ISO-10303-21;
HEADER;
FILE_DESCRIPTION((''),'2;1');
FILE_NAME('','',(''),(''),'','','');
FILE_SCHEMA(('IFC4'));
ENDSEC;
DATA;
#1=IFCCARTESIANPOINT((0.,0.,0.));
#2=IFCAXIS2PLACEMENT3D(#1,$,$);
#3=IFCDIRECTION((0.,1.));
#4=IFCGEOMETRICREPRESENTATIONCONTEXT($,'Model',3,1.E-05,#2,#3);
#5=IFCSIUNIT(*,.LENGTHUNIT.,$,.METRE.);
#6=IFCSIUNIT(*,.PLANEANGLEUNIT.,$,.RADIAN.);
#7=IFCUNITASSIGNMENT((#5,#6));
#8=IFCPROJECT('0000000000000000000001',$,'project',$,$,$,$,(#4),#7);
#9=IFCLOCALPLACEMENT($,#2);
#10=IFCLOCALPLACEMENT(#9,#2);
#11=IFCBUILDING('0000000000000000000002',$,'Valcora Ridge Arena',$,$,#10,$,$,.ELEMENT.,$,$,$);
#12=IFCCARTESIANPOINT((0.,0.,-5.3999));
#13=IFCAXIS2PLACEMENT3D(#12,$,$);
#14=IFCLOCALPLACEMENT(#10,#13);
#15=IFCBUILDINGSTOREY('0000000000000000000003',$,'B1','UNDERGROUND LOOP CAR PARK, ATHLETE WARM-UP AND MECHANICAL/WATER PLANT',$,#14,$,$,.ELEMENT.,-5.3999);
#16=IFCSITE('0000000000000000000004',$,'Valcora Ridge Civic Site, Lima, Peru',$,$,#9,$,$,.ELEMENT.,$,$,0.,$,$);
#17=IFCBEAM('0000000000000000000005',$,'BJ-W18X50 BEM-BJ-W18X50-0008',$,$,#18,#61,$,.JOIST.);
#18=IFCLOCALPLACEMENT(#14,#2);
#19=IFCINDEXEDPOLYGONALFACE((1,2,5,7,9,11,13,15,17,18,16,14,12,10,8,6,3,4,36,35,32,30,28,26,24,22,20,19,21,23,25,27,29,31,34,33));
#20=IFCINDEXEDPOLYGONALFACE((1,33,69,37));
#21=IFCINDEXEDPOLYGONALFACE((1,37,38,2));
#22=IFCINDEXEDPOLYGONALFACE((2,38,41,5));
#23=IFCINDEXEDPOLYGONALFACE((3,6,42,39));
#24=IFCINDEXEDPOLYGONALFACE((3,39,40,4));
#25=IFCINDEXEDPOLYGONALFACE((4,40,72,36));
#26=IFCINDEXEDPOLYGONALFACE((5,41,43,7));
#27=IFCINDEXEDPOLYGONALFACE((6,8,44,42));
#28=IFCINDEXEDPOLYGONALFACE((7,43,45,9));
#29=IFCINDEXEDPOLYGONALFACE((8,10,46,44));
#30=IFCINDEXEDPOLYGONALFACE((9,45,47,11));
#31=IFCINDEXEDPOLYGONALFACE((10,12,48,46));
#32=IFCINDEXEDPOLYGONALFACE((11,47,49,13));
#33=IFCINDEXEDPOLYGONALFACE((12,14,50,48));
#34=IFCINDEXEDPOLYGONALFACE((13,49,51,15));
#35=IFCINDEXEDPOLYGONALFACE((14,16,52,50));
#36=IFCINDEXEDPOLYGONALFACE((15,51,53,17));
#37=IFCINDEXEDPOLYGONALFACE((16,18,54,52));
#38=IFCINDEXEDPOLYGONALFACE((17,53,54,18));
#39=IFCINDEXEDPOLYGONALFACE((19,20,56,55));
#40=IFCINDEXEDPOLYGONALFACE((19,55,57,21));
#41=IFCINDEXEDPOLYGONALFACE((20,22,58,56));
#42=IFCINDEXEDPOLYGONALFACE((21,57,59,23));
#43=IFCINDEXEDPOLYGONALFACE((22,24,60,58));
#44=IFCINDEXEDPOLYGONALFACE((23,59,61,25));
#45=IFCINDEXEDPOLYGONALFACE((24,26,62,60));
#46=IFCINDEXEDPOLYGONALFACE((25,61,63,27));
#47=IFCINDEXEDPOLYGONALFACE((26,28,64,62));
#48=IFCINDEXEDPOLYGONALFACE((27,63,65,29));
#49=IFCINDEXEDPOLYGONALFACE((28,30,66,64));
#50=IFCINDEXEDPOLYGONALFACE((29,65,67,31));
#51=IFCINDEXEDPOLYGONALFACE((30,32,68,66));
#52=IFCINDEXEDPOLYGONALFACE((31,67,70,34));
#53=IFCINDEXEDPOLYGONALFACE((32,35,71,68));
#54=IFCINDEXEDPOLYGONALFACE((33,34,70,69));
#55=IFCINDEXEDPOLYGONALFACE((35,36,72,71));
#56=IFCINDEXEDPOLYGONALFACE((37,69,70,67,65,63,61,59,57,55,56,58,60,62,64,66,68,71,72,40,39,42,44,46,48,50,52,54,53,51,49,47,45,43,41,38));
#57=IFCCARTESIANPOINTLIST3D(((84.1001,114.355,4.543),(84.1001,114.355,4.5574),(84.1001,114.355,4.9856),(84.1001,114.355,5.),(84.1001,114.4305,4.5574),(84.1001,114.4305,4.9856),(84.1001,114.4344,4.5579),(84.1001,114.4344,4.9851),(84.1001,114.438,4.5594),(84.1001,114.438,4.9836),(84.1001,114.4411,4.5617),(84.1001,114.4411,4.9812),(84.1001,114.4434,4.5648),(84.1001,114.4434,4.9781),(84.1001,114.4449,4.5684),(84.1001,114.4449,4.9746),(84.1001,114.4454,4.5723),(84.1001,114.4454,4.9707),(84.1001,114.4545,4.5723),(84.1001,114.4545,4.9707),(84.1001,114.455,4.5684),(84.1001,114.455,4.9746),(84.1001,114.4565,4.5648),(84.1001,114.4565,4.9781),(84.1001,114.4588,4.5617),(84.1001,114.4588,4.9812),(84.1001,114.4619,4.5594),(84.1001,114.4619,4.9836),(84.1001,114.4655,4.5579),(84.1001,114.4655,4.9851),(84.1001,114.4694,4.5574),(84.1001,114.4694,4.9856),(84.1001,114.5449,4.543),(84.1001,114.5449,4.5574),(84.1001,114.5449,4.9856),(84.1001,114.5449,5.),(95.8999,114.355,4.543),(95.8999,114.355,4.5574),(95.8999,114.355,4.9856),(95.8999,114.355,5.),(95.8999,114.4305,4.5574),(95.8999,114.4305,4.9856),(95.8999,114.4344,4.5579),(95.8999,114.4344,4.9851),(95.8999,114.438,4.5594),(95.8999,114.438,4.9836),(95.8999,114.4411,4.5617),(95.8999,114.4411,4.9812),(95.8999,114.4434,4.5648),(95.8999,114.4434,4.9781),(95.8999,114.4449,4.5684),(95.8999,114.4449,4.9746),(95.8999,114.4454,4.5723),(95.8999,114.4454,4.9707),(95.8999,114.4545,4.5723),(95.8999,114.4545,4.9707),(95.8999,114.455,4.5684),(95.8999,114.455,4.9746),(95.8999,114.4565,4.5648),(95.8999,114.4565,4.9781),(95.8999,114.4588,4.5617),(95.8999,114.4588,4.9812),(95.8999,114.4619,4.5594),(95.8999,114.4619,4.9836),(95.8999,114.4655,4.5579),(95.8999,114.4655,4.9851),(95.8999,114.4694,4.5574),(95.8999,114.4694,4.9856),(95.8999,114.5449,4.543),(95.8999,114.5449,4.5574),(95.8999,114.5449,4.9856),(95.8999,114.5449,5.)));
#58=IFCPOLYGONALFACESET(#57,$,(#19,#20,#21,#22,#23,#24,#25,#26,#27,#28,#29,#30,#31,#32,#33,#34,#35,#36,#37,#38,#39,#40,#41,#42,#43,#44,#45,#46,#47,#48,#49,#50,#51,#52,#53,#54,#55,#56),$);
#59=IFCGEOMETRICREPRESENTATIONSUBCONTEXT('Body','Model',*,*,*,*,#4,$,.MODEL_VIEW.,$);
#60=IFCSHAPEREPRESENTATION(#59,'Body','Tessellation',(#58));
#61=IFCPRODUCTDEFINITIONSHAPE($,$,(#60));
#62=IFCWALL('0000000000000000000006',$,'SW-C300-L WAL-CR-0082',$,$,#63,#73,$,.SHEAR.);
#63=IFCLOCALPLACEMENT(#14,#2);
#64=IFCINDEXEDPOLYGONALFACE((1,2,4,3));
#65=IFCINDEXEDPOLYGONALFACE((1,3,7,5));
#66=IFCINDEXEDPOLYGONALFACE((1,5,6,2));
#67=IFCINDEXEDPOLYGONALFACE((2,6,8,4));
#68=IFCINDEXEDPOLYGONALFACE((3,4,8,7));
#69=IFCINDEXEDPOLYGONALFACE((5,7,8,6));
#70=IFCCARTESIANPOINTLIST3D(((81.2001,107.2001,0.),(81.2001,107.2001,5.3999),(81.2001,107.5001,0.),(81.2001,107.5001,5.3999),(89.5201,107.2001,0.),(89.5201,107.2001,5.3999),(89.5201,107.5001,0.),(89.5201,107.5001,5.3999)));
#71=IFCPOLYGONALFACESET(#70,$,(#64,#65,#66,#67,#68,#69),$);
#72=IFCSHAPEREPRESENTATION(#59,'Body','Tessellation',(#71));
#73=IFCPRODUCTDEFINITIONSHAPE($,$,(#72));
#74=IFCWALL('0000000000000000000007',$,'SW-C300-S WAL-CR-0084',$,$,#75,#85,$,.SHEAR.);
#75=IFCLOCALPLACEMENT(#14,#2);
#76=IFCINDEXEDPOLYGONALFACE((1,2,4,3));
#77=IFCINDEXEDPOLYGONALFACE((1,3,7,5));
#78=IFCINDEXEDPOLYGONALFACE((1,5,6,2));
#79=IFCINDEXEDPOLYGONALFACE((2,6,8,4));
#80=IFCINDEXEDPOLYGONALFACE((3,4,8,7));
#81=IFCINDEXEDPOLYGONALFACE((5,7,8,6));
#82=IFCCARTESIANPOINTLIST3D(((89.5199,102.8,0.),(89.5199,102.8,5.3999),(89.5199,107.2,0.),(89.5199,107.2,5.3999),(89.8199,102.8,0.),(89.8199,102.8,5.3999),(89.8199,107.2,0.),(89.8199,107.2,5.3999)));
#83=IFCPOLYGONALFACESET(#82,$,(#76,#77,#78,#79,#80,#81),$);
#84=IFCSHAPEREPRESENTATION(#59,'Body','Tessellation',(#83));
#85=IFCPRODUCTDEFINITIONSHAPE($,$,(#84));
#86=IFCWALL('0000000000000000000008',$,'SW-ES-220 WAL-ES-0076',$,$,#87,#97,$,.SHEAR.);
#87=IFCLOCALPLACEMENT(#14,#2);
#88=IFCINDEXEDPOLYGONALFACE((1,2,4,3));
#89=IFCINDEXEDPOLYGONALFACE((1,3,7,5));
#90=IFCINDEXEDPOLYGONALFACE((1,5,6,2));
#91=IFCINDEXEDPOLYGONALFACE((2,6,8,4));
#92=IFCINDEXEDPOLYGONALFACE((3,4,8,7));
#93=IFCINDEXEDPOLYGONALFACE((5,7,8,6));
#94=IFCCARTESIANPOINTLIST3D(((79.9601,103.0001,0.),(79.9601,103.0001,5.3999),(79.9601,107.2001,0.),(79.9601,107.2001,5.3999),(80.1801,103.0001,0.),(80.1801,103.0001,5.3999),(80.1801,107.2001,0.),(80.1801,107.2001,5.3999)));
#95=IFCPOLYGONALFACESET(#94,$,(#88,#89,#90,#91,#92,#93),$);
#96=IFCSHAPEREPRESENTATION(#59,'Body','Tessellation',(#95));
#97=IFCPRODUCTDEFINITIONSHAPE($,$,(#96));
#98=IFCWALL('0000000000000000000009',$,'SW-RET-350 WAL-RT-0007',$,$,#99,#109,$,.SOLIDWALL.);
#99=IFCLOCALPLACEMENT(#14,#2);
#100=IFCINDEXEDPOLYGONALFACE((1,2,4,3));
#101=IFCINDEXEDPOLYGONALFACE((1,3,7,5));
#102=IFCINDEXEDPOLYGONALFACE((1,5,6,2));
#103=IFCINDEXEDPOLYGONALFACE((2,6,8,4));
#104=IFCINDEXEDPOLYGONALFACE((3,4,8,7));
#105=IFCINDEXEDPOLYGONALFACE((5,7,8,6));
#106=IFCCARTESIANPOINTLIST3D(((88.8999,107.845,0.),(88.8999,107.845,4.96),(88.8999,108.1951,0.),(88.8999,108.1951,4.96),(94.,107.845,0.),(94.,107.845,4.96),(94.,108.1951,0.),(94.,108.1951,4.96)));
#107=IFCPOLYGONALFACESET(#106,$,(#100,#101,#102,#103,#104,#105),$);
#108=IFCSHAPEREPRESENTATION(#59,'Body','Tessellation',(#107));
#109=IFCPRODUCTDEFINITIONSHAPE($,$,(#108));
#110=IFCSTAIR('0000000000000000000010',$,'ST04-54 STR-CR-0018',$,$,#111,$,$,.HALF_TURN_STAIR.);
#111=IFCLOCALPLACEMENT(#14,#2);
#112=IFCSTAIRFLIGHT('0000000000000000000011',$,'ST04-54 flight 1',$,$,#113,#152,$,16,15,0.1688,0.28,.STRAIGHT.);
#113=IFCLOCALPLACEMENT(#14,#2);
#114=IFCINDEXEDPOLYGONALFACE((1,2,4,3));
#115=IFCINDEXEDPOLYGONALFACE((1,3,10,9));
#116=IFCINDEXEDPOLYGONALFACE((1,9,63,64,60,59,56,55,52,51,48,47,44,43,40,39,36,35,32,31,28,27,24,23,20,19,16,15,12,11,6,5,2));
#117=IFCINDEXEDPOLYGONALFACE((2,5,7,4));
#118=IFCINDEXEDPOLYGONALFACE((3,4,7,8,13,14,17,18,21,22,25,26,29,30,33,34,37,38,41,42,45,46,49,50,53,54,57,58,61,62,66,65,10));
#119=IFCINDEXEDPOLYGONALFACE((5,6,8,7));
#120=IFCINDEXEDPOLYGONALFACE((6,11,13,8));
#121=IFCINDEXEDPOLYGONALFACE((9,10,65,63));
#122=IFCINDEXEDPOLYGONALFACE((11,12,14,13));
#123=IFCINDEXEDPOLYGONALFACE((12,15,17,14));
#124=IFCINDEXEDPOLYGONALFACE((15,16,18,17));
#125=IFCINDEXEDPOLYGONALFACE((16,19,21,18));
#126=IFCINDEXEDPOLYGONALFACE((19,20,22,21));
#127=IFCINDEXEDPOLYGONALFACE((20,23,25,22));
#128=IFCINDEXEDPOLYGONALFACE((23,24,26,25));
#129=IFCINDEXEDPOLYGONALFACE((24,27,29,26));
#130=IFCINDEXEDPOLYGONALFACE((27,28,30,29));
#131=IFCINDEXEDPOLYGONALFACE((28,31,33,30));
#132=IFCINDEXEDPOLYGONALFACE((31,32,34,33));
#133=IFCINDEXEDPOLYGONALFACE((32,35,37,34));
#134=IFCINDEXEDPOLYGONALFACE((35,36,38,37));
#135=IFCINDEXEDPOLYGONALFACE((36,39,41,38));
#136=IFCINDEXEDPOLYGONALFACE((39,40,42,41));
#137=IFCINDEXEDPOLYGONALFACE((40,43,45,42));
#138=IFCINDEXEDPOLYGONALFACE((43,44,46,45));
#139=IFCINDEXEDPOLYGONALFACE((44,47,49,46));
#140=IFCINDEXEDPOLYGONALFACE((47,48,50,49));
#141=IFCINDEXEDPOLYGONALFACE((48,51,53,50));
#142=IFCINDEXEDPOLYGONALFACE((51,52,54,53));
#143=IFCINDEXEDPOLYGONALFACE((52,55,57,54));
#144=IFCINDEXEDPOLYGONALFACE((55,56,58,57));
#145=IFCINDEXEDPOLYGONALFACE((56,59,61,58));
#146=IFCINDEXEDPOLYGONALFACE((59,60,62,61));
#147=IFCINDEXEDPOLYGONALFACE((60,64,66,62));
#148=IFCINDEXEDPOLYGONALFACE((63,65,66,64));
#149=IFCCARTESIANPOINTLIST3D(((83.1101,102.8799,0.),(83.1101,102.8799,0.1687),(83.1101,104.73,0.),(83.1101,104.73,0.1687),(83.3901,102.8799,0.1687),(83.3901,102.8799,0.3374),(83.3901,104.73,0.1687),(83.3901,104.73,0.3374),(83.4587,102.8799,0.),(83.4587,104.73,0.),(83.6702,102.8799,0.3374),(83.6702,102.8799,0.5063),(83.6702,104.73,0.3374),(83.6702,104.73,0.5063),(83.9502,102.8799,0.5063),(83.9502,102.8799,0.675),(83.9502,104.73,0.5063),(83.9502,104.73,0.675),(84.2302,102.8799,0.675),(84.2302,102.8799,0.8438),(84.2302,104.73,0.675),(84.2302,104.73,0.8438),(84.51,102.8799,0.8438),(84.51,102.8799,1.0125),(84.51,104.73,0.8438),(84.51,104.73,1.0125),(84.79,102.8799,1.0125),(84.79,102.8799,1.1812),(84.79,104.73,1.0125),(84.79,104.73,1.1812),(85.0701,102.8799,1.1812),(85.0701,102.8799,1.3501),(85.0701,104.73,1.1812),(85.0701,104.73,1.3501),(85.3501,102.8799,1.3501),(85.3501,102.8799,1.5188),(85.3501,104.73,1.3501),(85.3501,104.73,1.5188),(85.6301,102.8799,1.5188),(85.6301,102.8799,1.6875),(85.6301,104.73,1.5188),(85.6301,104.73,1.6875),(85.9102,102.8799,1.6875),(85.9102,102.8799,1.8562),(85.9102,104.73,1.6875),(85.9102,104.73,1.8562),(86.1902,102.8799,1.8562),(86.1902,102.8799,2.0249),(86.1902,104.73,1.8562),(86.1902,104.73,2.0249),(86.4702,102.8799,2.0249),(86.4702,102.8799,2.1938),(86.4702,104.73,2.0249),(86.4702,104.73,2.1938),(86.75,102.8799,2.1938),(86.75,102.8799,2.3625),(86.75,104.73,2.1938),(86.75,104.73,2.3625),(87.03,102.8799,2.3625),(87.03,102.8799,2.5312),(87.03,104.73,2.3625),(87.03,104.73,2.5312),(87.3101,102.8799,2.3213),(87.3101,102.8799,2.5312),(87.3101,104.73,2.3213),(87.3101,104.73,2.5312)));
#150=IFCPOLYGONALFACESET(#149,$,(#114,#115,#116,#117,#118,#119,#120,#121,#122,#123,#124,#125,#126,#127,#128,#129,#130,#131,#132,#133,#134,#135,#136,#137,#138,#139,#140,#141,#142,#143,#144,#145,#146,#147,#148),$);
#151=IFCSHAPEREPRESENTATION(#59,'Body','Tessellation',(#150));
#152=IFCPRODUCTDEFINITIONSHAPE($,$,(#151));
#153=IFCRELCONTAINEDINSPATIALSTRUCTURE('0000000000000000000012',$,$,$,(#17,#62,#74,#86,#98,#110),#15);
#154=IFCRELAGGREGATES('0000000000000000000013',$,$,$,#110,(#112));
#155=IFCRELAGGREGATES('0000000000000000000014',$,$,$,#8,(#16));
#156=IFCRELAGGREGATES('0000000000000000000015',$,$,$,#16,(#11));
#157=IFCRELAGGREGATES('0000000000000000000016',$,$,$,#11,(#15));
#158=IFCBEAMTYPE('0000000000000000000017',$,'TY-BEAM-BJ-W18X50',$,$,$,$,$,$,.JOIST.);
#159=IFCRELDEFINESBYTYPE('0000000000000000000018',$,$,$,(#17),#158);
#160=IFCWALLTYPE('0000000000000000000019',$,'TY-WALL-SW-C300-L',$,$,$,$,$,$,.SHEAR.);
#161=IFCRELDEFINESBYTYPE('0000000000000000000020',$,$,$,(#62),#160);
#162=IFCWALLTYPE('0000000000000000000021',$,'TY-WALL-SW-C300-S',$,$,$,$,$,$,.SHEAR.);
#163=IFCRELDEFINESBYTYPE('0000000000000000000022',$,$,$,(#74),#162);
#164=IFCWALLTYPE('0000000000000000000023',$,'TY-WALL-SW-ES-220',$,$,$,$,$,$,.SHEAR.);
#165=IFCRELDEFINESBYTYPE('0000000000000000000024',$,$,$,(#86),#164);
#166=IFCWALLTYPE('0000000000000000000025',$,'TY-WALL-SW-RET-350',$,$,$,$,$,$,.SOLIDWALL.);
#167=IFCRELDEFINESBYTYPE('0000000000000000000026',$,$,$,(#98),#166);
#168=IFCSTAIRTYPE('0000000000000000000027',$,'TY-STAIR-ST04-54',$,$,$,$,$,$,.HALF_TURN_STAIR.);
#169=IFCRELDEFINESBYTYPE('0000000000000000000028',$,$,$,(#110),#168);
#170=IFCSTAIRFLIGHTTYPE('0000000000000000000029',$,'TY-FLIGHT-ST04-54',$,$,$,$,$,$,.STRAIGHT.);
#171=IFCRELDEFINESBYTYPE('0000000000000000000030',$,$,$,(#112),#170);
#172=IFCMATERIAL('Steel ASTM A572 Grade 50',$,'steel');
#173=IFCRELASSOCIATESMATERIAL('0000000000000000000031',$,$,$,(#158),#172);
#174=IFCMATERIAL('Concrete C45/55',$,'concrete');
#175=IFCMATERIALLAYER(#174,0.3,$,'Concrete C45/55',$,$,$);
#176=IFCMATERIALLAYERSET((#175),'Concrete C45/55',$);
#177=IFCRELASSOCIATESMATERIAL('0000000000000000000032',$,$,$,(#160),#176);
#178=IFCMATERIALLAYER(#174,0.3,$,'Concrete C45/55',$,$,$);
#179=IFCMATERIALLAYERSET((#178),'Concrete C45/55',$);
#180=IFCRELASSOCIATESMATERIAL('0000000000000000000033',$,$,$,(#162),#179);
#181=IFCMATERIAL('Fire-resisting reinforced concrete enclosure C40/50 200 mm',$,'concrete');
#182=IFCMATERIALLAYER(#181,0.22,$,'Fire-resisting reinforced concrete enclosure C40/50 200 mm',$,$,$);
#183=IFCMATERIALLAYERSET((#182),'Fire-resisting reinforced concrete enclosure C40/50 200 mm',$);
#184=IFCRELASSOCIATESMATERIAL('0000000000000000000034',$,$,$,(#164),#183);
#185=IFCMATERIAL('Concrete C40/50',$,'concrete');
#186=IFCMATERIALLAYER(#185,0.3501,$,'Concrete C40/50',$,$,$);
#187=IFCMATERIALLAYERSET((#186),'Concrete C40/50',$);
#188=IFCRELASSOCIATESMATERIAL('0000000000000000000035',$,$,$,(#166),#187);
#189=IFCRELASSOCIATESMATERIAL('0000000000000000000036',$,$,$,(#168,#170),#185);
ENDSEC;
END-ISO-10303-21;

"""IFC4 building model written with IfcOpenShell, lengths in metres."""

from ifc_helpers import new_model, si_unit, direction, frame, frame_2d, origin, origin_2d, place, context, subcontext, project, spatial, polyline, rectangle, i_section, outline, extrude, material, layer, layer_set, material_profile, profile_set, type_object, element, aggregate, save


model = new_model("IFC4")

# Units and contexts
model_context = context("Model", 3, precision=1e-05, world=origin(), true_north=direction((0.0, 1.0)))
body_context = subcontext(model_context, "Body", "Model", "MODEL_VIEW")
ifc_project = project(units=[si_unit("LENGTHUNIT", "METRE"), si_unit("PLANEANGLEUNIT", "RADIAN")], contexts=[model_context])

# Site, building, storey
site_placement = place(None, origin())
site = spatial("IfcSite", under=ifc_project, at=site_placement, Name="Valcora Ridge Civic Site, Lima, Peru", CompositionType="ELEMENT", RefElevation=0.0)
building_placement = place(site_placement, origin())
building = spatial("IfcBuilding", under=site, at=building_placement, Name="Valcora Ridge Arena", CompositionType="ELEMENT")
storey_placement = place(building_placement, frame((0.0, 0.0, -5.3999)))
storey = spatial("IfcBuildingStorey", under=building, at=storey_placement, Name="B1", Description="UNDERGROUND LOOP CAR PARK, ATHLETE WARM-UP AND MECHANICAL/WATER PLANT", CompositionType="ELEMENT", Elevation=-5.3999)

# Shared definitions
ifc_material_1 = material(Name="Concrete C40/50", Category="concrete")

# Beam
ifc_material_2 = material(Name="Steel ASTM A572 Grade 50", Category="steel")
ifc_material_profile_1 = material_profile(ifc_material_2, i_section(OverallWidth=0.1899, OverallDepth=0.457, WebThickness=0.009, FlangeThickness=0.0144, FilletRadius=0.0149, at=origin_2d()), Name="W18X50")
ifc_profile_set_1 = profile_set([ifc_material_profile_1], Name="Steel ASTM A572 Grade 50")
beam_type_1 = type_object("IfcBeamType", Name="TY-BEAM-BJ-W18X50", PredefinedType="JOIST", material=ifc_profile_set_1)
beam_1_placement = place(storey_placement, frame((84.1001, 114.45, 4.7715), z_axis=(1.0, 0.0, 0.0), x_axis=(0.0, 1.0, 0.0)))
element("IfcBeam", 1, at=beam_1_placement, inside=storey, type_object=beam_type_1, Name="BJ-W18X50 BEM-BJ-W18X50-0008", PredefinedType="JOIST", context=body_context, shape_type="SweptSolid", body=[
    extrude(i_section(OverallWidth=0.1899, OverallDepth=0.457, WebThickness=0.009, FlangeThickness=0.0144, FilletRadius=0.0149, at=origin_2d()), origin(), (0.0, 0.0, 1.0), 11.7998),
])

# Walls
ifc_material_3 = material(Name="Concrete C45/55", Category="concrete")
ifc_layer_1 = layer(ifc_material_3, 0.3, Name="Concrete C45/55")
ifc_layer_set_1 = layer_set([ifc_layer_1], Name="Concrete C45/55")
wall_type_1 = type_object("IfcWallType", Name="TY-WALL-SW-C300-L", PredefinedType="SHEAR", material=ifc_layer_set_1)
wall_1_placement = place(storey_placement, frame((81.2, 107.3501, 0.0), z_axis=(0.0, 0.0, 1.0), x_axis=(1.0, 0.0, 0.0)))
element("IfcWall", 2, at=wall_1_placement, inside=storey, type_object=wall_type_1, Name="SW-C300-L WAL-CR-0082", PredefinedType="SHEAR", context=body_context, shape_type="SweptSolid", body=[
    extrude(rectangle(XDim=8.3201, YDim=0.3, at=frame_2d((4.1602, 0.0))), origin(), (0.0, 0.0, 1.0), 5.3999),
])
ifc_layer_2 = layer(ifc_material_3, 0.3, Name="Concrete C45/55")
ifc_layer_set_2 = layer_set([ifc_layer_2], Name="Concrete C45/55")
wall_type_2 = type_object("IfcWallType", Name="TY-WALL-SW-C300-S", PredefinedType="SHEAR", material=ifc_layer_set_2)
wall_2_placement = place(storey_placement, frame((89.6699, 102.8, 0.0), z_axis=(0.0, 0.0, 1.0), x_axis=(0.0, 1.0, 0.0)))
element("IfcWall", 3, at=wall_2_placement, inside=storey, type_object=wall_type_2, Name="SW-C300-S WAL-CR-0084", PredefinedType="SHEAR", context=body_context, shape_type="SweptSolid", body=[
    extrude(rectangle(XDim=4.3999, YDim=0.3, at=frame_2d((2.2, 0.0))), origin(), (0.0, 0.0, 1.0), 5.3999),
])
ifc_material_4 = material(Name="Fire-resisting reinforced concrete enclosure C40/50 200 mm", Category="concrete")
ifc_layer_3 = layer(ifc_material_4, 0.22, Name="Fire-resisting reinforced concrete enclosure C40/50 200 mm")
ifc_layer_set_3 = layer_set([ifc_layer_3], Name="Fire-resisting reinforced concrete enclosure C40/50 200 mm")
wall_type_3 = type_object("IfcWallType", Name="TY-WALL-SW-ES-220", PredefinedType="SHEAR", material=ifc_layer_set_3)
wall_3_placement = place(storey_placement, frame((80.0701, 103.0, 0.0), z_axis=(0.0, 0.0, 1.0), x_axis=(0.0, 1.0, 0.0)))
element("IfcWall", 4, at=wall_3_placement, inside=storey, type_object=wall_type_3, Name="SW-ES-220 WAL-ES-0076", PredefinedType="SHEAR", context=body_context, shape_type="SweptSolid", body=[
    extrude(rectangle(XDim=4.2, YDim=0.22, at=frame_2d((2.1001, 0.0))), origin(), (0.0, 0.0, 1.0), 5.3999),
])
ifc_layer_4 = layer(ifc_material_1, 0.3501, Name="Concrete C40/50")
ifc_layer_set_4 = layer_set([ifc_layer_4], Name="Concrete C40/50")
wall_type_4 = type_object("IfcWallType", Name="TY-WALL-SW-RET-350", PredefinedType="SOLIDWALL", material=ifc_layer_set_4)
wall_4_placement = place(storey_placement, frame((88.8999, 108.02, 0.0), z_axis=(0.0, 0.0, 1.0), x_axis=(1.0, 0.0, 0.0)))
element("IfcWall", 5, at=wall_4_placement, inside=storey, type_object=wall_type_4, Name="SW-RET-350 WAL-RT-0007", PredefinedType="SOLIDWALL", context=body_context, shape_type="SweptSolid", body=[
    extrude(rectangle(XDim=5.1001, YDim=0.3501, at=frame_2d((2.55, 0.0))), origin(), (0.0, 0.0, 1.0), 4.96),
])

# Stair, stair flight
stair_type = type_object("IfcStairType", Name="TY-STAIR-ST04-54", PredefinedType="HALF_TURN_STAIR", material=ifc_material_1)
stair_placement = place(storey_placement, origin())
stair = element("IfcStair", 6, at=stair_placement, inside=storey, type_object=stair_type, Name="ST04-54 STR-CR-0018", PredefinedType="HALF_TURN_STAIR")
stair_flight_type = type_object("IfcStairFlightType", Name="TY-FLIGHT-ST04-54", PredefinedType="STRAIGHT", material=ifc_material_1)
stair_flight_1_placement = place(storey_placement, frame((83.1101, 103.8049, 0.0), z_axis=(0.0, 0.0, 1.0), x_axis=(1.0, 0.0, 0.0)))
stair_flight_1 = element("IfcStairFlight", 7, at=stair_flight_1_placement, type_object=stair_flight_type, Name="ST04-54 flight 1", NumberOfRisers=16, NumberOfTreads=15, PredefinedType="STRAIGHT", RiserHeight=0.1688, TreadLength=0.28, context=body_context, shape_type="SweptSolid", body=[
    extrude(outline(polyline([(0.0, 0.0), (0.0, 0.1687), (0.28, 0.1687), (0.28, 0.3374), (0.5601, 0.3374), (0.5601, 0.5063), (0.8401, 0.5063), (0.8401, 0.675), (1.1201, 0.675), (1.1201, 0.8438), (1.3999, 0.8438), (1.3999, 1.0125), (1.6799, 1.0125), (1.6799, 1.1812), (1.96, 1.1812), (1.96, 1.3501), (2.24, 1.3501), (2.24, 1.5188), (2.52, 1.5188), (2.52, 1.6875), (2.8, 1.6875), (2.8, 1.8562), (3.0801, 1.8562), (3.0801, 2.0249), (3.3601, 2.0249), (3.3601, 2.1938), (3.6399, 2.1938), (3.6399, 2.3625), (3.9199, 2.3625), (3.9199, 2.5312), (4.2, 2.5312), (4.2, 2.7), (4.2, 2.3213), (0.3486, 0.0), (0.0, 0.0)])), frame((0.0, 0.925, 0.0), z_axis=(0.0, -1.0, 0.0), x_axis=(1.0, 0.0, 0.0)), (0.0, 0.0, 1.0), 1.8501),
])
aggregate(stair, [stair_flight_1])

save(model, "model.ifc")
